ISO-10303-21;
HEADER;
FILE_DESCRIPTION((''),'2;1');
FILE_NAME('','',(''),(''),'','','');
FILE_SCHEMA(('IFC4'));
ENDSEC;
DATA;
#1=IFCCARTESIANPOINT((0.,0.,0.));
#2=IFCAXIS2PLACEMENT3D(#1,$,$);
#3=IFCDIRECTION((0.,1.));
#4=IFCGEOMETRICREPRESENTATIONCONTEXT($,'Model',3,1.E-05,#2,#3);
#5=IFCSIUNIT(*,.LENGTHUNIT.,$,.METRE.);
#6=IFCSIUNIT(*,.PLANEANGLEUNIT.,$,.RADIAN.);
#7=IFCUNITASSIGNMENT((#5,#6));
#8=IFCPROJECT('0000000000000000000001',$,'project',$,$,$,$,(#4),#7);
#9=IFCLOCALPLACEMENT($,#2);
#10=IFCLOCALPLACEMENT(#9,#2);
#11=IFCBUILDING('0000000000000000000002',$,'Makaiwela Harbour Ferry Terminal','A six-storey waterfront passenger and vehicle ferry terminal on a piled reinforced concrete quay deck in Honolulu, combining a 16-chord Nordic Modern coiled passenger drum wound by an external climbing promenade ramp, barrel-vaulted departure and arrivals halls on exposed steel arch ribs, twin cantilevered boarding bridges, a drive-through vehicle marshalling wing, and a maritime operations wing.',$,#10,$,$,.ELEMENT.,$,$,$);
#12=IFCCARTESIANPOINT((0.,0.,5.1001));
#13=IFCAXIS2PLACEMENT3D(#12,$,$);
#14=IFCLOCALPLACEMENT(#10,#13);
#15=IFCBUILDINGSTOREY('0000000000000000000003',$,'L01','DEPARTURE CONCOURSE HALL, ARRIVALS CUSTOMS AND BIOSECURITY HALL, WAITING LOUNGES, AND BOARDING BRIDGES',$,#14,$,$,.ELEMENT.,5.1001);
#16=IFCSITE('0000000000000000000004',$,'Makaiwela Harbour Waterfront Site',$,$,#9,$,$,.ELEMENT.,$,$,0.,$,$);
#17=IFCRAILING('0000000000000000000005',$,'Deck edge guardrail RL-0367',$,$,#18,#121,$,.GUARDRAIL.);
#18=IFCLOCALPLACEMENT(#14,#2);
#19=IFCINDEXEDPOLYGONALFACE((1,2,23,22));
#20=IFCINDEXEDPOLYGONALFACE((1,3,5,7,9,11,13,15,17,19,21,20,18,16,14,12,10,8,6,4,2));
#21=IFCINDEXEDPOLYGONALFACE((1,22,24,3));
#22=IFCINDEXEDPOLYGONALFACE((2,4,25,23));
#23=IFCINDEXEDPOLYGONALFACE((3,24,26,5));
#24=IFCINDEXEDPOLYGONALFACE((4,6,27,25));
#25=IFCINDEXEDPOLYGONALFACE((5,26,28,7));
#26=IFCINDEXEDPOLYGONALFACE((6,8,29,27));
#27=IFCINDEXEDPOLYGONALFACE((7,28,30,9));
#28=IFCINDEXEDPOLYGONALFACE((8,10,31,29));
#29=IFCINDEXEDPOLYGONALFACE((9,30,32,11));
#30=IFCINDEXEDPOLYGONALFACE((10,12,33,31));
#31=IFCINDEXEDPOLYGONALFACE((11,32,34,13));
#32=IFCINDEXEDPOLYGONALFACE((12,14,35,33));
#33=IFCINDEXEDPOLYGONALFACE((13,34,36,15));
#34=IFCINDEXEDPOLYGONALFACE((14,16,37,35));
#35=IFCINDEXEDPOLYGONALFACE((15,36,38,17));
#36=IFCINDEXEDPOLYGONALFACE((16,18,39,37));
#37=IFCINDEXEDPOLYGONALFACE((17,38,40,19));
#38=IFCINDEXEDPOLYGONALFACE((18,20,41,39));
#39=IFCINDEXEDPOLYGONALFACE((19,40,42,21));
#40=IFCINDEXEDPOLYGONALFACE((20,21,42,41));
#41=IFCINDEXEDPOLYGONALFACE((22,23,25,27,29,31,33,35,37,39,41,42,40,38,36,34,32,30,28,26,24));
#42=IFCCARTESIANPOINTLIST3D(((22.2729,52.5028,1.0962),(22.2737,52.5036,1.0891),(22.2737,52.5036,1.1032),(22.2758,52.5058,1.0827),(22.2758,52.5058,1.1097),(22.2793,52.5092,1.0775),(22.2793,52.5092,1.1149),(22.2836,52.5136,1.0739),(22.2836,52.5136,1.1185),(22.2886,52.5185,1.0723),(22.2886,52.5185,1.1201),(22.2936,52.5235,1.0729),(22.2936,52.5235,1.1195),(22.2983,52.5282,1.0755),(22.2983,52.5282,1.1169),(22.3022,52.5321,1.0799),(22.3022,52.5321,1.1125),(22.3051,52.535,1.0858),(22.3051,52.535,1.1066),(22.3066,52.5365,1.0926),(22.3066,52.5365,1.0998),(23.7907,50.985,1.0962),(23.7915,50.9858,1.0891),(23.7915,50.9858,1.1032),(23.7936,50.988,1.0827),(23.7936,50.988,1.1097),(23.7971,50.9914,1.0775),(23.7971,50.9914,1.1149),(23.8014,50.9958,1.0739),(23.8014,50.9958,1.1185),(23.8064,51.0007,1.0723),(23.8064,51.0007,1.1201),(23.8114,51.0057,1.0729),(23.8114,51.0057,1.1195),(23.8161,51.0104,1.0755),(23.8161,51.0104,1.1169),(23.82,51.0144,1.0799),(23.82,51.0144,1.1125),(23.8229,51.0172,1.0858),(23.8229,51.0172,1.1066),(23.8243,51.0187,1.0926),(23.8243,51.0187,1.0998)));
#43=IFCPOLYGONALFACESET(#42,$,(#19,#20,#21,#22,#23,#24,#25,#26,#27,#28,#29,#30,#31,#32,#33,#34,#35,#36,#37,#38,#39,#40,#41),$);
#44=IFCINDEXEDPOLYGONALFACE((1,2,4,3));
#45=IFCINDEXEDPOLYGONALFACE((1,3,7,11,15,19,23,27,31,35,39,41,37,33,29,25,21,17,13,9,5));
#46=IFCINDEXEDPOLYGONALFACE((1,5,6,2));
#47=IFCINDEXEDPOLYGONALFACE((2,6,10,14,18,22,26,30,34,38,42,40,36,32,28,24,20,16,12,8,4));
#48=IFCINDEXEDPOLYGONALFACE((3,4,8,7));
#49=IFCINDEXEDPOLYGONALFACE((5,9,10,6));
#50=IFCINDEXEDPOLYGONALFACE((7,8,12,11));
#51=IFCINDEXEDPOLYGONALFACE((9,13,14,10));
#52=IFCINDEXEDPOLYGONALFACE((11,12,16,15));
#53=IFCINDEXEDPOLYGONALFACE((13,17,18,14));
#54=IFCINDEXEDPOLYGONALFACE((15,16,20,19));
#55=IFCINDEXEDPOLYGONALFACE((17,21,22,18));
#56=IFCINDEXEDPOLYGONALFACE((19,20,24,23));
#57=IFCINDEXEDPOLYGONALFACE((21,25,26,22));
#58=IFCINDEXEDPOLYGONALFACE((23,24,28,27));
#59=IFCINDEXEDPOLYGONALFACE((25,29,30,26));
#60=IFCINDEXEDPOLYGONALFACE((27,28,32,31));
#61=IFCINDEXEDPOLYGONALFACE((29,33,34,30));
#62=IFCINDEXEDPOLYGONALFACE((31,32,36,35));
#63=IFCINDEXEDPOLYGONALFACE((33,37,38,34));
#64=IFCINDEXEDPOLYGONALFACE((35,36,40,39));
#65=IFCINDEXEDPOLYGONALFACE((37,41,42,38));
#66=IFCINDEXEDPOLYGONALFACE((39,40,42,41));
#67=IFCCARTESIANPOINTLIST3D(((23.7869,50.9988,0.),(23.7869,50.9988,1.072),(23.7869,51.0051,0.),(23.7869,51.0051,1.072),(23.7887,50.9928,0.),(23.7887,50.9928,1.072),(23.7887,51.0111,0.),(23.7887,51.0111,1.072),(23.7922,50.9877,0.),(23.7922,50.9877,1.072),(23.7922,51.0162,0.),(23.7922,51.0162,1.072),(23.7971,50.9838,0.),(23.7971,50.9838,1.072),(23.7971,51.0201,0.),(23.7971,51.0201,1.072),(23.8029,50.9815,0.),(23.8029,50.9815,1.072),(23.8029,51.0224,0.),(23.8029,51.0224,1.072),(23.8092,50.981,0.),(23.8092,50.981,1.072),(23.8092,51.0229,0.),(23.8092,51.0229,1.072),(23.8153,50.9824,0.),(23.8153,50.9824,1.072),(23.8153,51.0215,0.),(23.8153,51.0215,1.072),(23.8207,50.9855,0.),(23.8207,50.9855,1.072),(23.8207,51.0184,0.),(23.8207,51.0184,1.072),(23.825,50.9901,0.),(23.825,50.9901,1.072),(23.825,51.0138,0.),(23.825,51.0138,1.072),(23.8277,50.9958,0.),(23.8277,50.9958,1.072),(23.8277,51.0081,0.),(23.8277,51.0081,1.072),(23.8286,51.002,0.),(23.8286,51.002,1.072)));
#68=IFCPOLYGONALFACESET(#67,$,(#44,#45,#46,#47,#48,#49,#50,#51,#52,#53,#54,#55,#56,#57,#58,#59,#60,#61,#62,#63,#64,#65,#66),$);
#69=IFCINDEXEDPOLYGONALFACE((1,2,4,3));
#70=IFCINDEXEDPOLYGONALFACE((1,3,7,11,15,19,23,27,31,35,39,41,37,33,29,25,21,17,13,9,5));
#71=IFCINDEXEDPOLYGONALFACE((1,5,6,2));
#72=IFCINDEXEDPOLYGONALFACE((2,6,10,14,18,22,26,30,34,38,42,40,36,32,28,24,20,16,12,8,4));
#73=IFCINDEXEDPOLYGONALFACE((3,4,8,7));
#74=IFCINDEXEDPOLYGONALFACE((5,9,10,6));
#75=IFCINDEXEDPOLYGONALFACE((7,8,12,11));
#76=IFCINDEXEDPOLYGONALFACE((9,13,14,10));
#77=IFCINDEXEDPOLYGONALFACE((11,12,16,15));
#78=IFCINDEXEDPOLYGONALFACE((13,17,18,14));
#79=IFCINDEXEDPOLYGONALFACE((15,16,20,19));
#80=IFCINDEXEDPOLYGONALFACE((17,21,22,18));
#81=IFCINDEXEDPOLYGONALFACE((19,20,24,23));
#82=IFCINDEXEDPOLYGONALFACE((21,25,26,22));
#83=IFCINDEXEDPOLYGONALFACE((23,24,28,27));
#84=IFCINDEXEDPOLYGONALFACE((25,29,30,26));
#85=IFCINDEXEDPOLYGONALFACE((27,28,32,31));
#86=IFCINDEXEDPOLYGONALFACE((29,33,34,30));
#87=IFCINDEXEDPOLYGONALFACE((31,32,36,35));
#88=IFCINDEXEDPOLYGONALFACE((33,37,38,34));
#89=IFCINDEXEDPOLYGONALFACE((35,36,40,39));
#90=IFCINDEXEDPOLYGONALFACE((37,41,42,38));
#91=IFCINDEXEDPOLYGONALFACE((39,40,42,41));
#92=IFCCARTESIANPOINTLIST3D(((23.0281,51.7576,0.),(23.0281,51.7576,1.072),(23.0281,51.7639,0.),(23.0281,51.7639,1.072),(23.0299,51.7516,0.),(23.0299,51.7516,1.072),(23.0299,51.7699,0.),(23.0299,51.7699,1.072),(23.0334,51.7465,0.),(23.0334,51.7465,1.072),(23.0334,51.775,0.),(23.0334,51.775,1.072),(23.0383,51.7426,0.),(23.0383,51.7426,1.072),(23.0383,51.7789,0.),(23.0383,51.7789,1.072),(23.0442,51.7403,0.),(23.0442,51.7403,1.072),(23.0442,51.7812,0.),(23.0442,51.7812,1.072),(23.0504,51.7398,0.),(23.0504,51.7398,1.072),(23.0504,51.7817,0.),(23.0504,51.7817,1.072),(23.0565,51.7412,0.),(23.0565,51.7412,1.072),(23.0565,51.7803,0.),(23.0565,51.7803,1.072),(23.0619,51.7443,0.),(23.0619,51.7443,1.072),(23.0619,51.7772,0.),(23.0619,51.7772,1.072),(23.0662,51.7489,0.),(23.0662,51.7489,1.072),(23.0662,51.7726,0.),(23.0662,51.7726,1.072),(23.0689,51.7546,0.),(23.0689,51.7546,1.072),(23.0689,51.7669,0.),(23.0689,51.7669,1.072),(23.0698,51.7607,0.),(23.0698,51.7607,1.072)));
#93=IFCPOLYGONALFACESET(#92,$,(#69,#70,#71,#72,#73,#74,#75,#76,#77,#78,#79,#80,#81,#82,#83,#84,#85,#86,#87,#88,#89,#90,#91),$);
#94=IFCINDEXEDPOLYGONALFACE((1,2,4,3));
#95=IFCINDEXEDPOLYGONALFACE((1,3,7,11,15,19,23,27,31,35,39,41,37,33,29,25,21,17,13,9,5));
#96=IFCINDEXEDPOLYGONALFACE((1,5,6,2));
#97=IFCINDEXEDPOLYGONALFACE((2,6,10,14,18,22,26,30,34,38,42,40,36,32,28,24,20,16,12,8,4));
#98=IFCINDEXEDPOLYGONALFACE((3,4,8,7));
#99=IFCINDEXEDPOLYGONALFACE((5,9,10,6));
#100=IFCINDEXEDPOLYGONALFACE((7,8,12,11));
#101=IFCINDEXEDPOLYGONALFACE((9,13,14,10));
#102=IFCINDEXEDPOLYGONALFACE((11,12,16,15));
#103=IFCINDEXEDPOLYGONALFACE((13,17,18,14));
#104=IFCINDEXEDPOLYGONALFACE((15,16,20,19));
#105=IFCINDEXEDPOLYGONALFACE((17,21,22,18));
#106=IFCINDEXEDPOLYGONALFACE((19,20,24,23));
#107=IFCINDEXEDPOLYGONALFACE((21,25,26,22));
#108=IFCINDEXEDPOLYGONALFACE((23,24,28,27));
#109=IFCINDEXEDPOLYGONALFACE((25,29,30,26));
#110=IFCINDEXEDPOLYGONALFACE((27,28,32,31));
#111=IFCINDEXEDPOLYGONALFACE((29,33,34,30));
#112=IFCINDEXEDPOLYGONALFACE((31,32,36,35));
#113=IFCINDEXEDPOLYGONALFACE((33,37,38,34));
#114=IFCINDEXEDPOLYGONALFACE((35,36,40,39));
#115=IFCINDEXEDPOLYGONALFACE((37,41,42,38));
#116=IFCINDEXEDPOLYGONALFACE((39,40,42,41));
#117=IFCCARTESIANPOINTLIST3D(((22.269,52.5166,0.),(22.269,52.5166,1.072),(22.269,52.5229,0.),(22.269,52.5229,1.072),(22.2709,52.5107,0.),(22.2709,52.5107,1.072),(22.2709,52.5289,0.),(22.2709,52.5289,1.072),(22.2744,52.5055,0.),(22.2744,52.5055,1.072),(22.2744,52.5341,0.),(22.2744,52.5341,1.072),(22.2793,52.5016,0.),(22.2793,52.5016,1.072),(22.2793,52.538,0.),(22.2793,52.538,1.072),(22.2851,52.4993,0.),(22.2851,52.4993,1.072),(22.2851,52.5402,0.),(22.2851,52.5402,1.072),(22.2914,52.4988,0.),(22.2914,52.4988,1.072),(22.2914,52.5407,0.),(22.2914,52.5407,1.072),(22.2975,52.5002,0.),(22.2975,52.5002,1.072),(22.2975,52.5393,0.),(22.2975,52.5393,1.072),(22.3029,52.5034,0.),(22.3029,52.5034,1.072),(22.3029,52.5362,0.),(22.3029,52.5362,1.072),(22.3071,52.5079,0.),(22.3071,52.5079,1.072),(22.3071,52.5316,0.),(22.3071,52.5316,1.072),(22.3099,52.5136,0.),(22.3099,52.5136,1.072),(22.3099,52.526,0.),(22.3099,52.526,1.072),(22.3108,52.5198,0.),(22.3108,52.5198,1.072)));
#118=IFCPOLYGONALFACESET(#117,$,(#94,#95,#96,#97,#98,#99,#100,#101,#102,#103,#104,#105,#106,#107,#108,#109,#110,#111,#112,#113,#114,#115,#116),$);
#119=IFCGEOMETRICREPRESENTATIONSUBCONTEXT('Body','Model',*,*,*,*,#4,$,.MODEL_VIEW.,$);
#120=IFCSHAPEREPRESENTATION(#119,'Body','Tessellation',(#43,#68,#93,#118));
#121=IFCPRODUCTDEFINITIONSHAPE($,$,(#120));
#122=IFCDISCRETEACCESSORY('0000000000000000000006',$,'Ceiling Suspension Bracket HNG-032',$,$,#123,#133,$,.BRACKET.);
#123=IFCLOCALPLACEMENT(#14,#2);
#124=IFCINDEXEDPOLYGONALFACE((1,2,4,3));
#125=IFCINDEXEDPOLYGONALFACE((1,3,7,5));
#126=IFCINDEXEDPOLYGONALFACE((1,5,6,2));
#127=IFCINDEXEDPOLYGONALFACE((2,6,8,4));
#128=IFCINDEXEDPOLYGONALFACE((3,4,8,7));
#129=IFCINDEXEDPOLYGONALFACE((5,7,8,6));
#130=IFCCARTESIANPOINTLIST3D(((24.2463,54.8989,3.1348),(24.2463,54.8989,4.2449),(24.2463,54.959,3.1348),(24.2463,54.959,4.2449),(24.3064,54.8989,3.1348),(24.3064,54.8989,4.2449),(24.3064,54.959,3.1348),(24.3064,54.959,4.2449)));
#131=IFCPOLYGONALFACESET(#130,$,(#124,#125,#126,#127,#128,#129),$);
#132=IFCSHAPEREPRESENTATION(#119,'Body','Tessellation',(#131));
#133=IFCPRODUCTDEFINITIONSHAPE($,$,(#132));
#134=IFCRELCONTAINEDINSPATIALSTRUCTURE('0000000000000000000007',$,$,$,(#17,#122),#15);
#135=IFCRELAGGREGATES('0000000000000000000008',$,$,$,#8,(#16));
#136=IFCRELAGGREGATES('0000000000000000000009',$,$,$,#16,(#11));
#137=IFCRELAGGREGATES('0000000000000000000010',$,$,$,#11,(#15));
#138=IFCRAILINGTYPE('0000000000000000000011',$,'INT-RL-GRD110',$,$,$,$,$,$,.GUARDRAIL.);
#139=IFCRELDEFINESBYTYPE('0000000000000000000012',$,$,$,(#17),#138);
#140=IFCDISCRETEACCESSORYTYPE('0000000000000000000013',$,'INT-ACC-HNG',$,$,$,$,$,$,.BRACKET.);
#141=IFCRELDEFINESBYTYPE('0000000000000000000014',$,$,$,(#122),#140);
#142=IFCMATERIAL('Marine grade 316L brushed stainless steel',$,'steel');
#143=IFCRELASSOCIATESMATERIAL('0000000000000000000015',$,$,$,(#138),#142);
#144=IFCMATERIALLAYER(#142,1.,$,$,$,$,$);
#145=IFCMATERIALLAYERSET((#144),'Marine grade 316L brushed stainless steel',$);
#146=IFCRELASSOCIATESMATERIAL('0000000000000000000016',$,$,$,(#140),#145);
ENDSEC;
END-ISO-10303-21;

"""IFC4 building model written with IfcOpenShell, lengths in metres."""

from ifc_helpers import new_model, si_unit, direction, frame, origin, origin_2d, place, context, subcontext, project, spatial, rectangle, circle, extrude, material, layer, layer_set, type_object, element, save


model = new_model("IFC4")

# Units and contexts
model_context = context("Model", 3, precision=1e-05, world=origin(), true_north=direction((0.0, 1.0)))
body_context = subcontext(model_context, "Body", "Model", "MODEL_VIEW")
ifc_project = project(units=[si_unit("LENGTHUNIT", "METRE"), si_unit("PLANEANGLEUNIT", "RADIAN")], contexts=[model_context])

# Site, building, storey
site_placement = place(None, origin())
site = spatial("IfcSite", under=ifc_project, at=site_placement, Name="Makaiwela Harbour Waterfront Site", CompositionType="ELEMENT", RefElevation=0.0)
building_placement = place(site_placement, origin())
building = spatial("IfcBuilding", under=site, at=building_placement, Name="Makaiwela Harbour Ferry Terminal", Description="A six-storey waterfront passenger and vehicle ferry terminal on a piled reinforced concrete quay deck in Honolulu, combining a 16-chord Nordic Modern coiled passenger drum wound by an external climbing promenade ramp, barrel-vaulted departure and arrivals halls on exposed steel arch ribs, twin cantilevered boarding bridges, a drive-through vehicle marshalling wing, and a maritime operations wing.", CompositionType="ELEMENT")
storey_placement = place(building_placement, frame((0.0, 0.0, 5.1001)))
storey = spatial("IfcBuildingStorey", under=building, at=storey_placement, Name="L01", Description="DEPARTURE CONCOURSE HALL, ARRIVALS CUSTOMS AND BIOSECURITY HALL, WAITING LOUNGES, AND BOARDING BRIDGES", CompositionType="ELEMENT", Elevation=5.1001)

# Railing
ifc_material_1 = material(Name="Marine grade 316L brushed stainless steel", Category="steel")
railing_type = type_object("IfcRailingType", Name="INT-RL-GRD110", PredefinedType="GUARDRAIL", material=ifc_material_1)
railing_placement = place(storey_placement, frame((23.8076, 51.002, 0.0)))
element("IfcRailing", 1, at=railing_placement, inside=storey, type_object=railing_type, Name="Deck edge guardrail RL-0367", PredefinedType="GUARDRAIL", context=body_context, shape_type="SweptSolid", body=[
    extrude(circle(Radius=0.0239, at=origin_2d()), frame((0.0, 0.0, 1.0962), z_axis=(-0.707107, 0.707107, 0.0), x_axis=(-0.707107, -0.707107, 0.0)), (0.0, 0.0, 1.0), 2.1465),
    extrude(circle(Radius=0.021, at=origin_2d()), origin(), (0.0, 0.0, 1.0), 1.072),
    extrude(circle(Radius=0.021, at=origin_2d()), frame((-0.7588, 0.7588, 0.0)), (0.0, 0.0, 1.0), 1.072),
    extrude(circle(Radius=0.021, at=origin_2d()), frame((-1.5178, 1.5178, 0.0)), (0.0, 0.0, 1.0), 1.072),
])

# Discrete accessory
ifc_layer_1 = layer(ifc_material_1, 1.0)
ifc_layer_set_1 = layer_set([ifc_layer_1], Name="Marine grade 316L brushed stainless steel")
discrete_accessory_type = type_object("IfcDiscreteAccessoryType", Name="INT-ACC-HNG", PredefinedType="BRACKET", material=ifc_layer_set_1)
discrete_accessory_placement = place(storey_placement, frame((24.2764, 54.929, 3.1348), z_axis=(0.0, 0.0, 1.0), x_axis=(1.0, 0.0, 0.0)))
element("IfcDiscreteAccessory", 2, at=discrete_accessory_placement, inside=storey, type_object=discrete_accessory_type, Name="Ceiling Suspension Bracket HNG-032", PredefinedType="BRACKET", context=body_context, shape_type="SweptSolid", body=[
    extrude(rectangle(XDim=0.0601, YDim=0.0601, at=origin_2d()), origin(), (0.0, 0.0, 1.0), 1.1101),
])

save(model, "model.ifc")
